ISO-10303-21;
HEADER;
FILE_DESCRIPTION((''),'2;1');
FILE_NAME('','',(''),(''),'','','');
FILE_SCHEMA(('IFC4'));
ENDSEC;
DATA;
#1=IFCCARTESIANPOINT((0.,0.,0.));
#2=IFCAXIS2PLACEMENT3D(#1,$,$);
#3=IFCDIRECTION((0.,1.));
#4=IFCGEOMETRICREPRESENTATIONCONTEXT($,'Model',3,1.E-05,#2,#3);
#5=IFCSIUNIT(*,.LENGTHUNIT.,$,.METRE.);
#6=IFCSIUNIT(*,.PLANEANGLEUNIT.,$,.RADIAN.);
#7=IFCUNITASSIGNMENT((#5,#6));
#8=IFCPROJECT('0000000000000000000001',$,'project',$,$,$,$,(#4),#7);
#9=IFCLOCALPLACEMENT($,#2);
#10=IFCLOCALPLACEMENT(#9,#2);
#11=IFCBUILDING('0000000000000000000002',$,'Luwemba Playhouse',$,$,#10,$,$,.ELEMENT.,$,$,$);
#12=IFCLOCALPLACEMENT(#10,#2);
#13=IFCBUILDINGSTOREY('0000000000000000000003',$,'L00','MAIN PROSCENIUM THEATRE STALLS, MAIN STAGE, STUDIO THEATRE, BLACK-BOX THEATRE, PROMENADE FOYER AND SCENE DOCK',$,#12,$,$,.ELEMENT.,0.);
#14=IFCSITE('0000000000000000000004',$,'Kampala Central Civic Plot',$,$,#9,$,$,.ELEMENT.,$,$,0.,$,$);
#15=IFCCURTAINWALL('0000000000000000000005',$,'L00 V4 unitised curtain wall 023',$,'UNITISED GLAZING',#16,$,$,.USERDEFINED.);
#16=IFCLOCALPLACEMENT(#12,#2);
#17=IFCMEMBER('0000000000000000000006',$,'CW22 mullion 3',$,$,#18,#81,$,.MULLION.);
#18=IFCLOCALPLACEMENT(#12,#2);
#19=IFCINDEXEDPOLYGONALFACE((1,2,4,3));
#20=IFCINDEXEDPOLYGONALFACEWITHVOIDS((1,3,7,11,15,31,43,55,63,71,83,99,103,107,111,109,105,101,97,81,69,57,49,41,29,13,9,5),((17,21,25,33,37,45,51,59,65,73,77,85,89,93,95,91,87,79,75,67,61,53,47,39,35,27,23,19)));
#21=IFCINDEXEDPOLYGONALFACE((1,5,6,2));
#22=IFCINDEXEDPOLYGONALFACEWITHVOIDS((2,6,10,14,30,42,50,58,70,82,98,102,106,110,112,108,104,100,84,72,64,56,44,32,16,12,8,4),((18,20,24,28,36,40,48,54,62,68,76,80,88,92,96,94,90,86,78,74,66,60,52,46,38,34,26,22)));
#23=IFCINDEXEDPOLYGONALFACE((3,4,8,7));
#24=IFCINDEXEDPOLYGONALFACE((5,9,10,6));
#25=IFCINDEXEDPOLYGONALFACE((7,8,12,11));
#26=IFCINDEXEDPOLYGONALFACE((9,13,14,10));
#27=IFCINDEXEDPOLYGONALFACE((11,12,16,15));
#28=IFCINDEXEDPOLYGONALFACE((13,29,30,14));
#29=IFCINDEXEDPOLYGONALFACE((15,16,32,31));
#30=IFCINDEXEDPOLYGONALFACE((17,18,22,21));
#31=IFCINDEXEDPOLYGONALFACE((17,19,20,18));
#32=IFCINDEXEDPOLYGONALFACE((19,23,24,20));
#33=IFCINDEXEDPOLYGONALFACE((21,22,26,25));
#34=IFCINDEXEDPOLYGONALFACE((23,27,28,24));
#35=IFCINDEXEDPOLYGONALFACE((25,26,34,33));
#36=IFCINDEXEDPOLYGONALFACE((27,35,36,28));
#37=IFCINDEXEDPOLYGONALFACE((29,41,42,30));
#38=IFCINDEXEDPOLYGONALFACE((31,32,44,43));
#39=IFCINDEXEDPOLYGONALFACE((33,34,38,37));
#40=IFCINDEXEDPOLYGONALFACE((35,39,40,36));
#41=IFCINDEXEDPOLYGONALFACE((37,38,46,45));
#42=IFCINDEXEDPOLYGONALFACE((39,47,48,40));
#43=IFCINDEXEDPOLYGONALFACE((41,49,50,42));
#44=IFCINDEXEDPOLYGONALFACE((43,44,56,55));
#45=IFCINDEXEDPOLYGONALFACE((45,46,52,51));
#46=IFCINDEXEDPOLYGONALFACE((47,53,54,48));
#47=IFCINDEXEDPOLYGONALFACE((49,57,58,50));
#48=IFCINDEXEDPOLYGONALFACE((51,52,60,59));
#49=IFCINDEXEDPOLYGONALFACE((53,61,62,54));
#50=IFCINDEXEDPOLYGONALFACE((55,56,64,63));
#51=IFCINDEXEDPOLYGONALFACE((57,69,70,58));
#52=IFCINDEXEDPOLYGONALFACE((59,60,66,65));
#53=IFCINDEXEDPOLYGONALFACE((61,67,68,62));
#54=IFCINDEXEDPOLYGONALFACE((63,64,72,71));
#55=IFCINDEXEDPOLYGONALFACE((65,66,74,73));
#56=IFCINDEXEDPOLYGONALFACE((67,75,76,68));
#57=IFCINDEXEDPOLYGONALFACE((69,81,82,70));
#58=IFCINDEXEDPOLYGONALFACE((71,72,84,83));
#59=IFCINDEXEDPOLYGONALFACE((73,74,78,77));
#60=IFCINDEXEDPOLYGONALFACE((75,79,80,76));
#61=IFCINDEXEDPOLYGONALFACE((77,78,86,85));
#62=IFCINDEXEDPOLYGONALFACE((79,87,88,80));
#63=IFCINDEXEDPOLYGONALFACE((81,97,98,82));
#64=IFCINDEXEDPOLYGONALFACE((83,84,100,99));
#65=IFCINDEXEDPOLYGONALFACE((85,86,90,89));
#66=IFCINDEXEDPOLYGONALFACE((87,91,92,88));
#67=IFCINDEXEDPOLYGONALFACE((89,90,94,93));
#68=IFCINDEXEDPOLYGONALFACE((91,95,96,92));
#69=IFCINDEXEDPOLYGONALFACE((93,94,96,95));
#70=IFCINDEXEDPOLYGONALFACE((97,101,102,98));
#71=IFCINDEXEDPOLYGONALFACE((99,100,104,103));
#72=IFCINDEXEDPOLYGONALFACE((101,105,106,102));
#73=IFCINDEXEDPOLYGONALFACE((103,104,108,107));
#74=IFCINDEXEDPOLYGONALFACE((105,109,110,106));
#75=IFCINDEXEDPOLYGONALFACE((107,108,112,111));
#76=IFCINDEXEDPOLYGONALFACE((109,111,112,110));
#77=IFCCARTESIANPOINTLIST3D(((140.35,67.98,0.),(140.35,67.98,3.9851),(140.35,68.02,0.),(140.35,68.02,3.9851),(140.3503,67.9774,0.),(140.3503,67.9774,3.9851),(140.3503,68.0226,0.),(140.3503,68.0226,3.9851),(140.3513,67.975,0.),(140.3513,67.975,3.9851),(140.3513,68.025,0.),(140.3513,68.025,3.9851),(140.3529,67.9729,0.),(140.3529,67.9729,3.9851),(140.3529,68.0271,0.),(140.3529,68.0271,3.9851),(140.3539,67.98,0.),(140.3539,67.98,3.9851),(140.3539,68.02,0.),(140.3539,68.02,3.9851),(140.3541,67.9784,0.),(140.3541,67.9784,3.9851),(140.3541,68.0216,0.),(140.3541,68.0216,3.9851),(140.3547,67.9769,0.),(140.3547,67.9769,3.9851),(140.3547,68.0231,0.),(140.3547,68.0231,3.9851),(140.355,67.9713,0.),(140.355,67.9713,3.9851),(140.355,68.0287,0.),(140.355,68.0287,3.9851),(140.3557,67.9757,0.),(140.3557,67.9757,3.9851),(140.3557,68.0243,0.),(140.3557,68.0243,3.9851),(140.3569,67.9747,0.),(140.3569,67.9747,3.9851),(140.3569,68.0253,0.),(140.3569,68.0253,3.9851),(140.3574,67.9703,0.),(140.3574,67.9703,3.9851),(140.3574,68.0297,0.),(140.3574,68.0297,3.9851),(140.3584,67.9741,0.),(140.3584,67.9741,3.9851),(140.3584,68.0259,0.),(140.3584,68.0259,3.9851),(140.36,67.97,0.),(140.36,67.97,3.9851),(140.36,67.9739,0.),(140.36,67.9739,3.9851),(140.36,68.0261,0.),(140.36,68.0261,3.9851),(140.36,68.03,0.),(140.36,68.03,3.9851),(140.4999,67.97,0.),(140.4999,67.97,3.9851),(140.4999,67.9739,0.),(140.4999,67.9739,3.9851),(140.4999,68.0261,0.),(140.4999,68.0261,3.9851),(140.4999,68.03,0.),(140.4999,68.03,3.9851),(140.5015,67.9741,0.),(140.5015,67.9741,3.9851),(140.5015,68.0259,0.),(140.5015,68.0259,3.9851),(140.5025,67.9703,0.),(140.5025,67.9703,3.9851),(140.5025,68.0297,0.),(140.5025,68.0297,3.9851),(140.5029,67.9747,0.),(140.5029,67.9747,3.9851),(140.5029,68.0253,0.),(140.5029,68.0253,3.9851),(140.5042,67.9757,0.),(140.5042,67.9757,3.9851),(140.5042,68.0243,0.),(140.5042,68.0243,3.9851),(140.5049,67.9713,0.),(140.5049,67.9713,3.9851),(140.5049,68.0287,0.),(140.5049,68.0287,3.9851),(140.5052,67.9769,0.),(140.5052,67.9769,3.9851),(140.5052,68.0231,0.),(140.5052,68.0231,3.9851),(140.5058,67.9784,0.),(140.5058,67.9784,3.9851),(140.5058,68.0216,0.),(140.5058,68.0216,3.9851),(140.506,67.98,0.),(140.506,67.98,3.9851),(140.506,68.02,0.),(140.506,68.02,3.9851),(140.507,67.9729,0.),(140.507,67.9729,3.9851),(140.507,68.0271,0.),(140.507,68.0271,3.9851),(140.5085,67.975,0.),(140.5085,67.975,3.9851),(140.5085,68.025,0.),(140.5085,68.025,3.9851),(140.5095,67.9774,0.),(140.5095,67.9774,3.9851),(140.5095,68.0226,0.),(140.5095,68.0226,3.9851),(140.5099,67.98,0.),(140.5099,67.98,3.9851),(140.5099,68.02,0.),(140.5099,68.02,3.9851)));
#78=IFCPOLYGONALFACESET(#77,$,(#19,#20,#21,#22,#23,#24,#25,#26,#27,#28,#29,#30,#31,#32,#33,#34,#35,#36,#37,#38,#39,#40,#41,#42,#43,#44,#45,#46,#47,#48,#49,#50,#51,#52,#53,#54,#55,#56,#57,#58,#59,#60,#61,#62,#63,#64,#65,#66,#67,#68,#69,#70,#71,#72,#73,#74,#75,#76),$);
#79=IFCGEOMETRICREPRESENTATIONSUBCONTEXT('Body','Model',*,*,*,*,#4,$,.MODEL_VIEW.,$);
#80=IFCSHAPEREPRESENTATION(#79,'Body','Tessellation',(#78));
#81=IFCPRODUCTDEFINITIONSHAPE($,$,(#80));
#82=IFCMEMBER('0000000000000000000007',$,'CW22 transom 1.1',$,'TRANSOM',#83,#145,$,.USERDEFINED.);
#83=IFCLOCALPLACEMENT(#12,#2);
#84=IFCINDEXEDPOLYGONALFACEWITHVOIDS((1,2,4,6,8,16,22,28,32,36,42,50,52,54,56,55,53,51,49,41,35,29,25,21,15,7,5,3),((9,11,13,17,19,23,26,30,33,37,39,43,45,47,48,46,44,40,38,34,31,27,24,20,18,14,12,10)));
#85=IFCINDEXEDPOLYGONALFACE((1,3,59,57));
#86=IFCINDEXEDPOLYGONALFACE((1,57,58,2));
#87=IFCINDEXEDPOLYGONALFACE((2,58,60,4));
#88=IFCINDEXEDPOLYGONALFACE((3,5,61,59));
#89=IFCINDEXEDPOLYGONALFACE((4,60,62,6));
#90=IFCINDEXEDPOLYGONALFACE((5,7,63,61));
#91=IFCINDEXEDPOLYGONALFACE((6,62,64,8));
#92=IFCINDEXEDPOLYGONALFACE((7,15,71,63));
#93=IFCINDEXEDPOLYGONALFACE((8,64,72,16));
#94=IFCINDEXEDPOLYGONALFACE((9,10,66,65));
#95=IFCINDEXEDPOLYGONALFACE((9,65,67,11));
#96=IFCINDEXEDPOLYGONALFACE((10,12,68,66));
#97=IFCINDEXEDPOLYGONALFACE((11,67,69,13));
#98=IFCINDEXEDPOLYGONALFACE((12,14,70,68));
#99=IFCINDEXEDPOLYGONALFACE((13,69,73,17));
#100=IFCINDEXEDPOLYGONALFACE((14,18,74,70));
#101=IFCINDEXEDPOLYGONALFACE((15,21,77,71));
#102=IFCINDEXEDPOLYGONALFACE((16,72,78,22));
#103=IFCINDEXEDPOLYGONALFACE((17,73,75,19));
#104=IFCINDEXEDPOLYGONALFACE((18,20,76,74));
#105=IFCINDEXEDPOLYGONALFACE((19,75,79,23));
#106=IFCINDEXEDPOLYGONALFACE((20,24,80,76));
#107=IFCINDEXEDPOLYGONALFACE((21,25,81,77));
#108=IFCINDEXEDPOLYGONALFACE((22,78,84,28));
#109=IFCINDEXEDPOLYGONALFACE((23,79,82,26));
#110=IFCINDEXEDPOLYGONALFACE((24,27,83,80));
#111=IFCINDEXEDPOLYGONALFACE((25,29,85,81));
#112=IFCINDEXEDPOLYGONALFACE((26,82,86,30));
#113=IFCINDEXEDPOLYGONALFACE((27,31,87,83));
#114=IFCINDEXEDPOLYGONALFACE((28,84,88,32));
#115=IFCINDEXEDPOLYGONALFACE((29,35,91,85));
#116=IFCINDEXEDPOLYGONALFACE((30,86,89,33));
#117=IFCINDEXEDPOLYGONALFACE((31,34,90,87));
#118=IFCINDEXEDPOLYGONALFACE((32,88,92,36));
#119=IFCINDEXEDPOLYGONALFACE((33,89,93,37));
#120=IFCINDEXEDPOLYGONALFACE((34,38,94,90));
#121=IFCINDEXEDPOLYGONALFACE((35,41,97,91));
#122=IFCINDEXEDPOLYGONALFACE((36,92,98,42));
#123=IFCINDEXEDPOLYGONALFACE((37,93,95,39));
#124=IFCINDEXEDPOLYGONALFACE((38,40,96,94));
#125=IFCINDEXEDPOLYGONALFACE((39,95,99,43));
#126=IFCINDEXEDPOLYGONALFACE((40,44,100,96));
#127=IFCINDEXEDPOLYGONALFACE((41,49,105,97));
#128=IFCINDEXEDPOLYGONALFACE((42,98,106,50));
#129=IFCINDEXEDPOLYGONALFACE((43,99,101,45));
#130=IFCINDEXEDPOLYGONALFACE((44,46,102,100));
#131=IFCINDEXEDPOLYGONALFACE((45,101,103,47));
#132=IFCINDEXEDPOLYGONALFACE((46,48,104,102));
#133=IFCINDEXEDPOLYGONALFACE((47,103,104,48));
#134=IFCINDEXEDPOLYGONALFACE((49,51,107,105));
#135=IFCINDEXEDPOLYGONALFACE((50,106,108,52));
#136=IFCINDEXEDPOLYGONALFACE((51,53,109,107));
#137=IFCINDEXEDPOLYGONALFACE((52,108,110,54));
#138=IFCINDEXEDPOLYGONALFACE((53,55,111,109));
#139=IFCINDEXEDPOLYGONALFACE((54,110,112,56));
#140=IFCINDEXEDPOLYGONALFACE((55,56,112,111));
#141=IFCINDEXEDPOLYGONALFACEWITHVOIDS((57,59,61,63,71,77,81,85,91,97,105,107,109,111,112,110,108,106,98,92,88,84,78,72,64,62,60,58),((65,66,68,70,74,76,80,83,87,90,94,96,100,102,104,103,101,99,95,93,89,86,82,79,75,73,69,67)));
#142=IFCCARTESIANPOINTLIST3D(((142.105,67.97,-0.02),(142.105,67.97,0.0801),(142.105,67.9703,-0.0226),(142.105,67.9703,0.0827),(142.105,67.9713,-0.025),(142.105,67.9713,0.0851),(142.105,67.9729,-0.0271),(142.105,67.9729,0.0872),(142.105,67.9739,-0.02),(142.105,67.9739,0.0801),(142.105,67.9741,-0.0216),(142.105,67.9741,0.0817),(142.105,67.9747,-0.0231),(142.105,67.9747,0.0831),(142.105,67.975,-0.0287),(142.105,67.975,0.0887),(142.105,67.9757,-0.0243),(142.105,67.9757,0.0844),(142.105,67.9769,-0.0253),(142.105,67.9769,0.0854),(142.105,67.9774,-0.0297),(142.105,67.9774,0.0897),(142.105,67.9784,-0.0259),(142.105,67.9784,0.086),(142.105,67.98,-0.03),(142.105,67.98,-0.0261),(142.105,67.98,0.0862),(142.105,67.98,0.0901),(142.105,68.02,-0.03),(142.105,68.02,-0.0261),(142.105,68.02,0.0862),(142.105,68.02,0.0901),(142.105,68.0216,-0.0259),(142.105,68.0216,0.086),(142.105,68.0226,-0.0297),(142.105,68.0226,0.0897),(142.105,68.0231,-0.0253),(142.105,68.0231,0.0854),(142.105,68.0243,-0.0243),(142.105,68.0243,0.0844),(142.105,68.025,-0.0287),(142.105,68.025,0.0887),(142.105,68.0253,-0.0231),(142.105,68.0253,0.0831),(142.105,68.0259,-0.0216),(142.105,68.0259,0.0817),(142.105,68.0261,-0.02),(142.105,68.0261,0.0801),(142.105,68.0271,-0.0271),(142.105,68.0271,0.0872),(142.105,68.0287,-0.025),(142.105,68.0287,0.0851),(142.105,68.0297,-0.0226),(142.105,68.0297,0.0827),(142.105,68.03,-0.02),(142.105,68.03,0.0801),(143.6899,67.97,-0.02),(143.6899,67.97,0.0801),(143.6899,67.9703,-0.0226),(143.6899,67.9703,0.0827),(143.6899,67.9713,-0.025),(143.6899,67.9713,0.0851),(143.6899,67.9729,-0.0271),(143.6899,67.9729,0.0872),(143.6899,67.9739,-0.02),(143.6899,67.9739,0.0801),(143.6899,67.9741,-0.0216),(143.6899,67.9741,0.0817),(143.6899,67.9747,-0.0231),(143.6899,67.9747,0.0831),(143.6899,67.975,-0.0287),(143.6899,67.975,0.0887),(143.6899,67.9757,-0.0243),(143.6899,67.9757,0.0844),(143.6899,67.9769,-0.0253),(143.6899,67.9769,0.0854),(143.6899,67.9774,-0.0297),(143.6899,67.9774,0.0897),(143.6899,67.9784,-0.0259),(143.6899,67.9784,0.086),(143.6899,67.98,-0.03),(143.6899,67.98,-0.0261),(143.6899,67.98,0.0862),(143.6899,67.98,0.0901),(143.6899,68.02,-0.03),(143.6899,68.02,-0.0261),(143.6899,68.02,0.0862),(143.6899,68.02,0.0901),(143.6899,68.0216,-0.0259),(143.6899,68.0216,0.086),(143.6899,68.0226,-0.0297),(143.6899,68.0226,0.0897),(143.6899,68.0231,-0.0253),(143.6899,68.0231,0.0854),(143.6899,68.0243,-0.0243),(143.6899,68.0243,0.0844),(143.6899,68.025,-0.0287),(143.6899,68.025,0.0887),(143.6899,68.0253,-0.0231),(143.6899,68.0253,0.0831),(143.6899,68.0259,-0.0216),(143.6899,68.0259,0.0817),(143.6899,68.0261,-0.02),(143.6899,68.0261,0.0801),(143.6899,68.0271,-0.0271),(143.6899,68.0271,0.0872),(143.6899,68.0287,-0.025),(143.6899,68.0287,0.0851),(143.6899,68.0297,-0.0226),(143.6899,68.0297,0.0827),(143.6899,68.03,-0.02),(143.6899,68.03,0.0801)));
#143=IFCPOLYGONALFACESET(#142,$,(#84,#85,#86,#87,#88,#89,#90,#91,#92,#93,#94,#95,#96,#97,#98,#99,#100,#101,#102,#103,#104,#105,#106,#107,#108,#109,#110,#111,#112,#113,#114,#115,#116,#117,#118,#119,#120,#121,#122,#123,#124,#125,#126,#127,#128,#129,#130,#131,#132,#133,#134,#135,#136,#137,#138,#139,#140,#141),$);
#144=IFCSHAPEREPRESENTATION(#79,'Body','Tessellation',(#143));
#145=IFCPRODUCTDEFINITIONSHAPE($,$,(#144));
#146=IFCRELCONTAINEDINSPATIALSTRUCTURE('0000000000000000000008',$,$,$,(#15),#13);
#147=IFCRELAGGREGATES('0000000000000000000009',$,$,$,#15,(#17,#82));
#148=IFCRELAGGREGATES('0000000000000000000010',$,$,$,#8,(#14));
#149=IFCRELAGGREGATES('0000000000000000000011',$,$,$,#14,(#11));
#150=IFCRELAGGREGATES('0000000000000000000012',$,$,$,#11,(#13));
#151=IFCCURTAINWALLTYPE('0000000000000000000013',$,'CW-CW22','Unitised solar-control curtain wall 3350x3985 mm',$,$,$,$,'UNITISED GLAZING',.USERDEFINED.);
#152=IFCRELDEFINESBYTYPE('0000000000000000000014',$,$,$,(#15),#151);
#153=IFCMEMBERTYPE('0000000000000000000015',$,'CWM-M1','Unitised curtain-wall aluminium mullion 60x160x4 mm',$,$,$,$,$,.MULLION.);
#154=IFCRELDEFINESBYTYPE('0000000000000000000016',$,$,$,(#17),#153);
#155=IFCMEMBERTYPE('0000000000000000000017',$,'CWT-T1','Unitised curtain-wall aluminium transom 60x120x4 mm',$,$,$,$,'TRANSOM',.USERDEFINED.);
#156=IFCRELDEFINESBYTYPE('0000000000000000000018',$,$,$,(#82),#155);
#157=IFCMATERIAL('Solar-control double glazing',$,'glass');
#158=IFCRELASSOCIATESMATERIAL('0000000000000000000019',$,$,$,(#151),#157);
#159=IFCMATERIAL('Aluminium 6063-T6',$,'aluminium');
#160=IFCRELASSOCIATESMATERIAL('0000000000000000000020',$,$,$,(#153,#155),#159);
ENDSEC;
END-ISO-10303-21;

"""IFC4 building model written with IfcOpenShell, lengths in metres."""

from ifc_helpers import new_model, si_unit, direction, frame, origin, origin_2d, place, context, subcontext, project, spatial, hollow_rectangle, extrude, material, material_profile, profile_set, type_object, element, aggregate, save


model = new_model("IFC4")

# Units and contexts
model_context = context("Model", 3, precision=1e-05, world=origin(), true_north=direction((0.0, 1.0)))
body_context = subcontext(model_context, "Body", "Model", "MODEL_VIEW")
ifc_project = project(units=[si_unit("LENGTHUNIT", "METRE"), si_unit("PLANEANGLEUNIT", "RADIAN")], contexts=[model_context])

# Site, building, storey
site_placement = place(None, origin())
site = spatial("IfcSite", under=ifc_project, at=site_placement, Name="Kampala Central Civic Plot", CompositionType="ELEMENT", RefElevation=0.0)
building_placement = place(site_placement, origin())
building = spatial("IfcBuilding", under=site, at=building_placement, Name="Luwemba Playhouse", CompositionType="ELEMENT")
storey_placement = place(building_placement, origin())
storey = spatial("IfcBuildingStorey", under=building, at=storey_placement, Name="L00", Description="MAIN PROSCENIUM THEATRE STALLS, MAIN STAGE, STUDIO THEATRE, BLACK-BOX THEATRE, PROMENADE FOYER AND SCENE DOCK", CompositionType="ELEMENT", Elevation=0.0)

# Curtain wall, members
ifc_material_1 = material(Name="Solar-control double glazing", Category="glass")
curtain_wall_type = type_object("IfcCurtainWallType", Name="CW-CW22", Description="Unitised solar-control curtain wall 3350x3985 mm", ElementType="UNITISED GLAZING", PredefinedType="USERDEFINED", material=ifc_material_1)
curtain_wall_placement = place(storey_placement, origin())
curtain_wall = element("IfcCurtainWall", 1, at=curtain_wall_placement, inside=storey, type_object=curtain_wall_type, Name="L00 V4 unitised curtain wall 023", ObjectType="UNITISED GLAZING", PredefinedType="USERDEFINED")
ifc_material_2 = material(Name="Aluminium 6063-T6", Category="aluminium")
ifc_material_profile_1 = material_profile(ifc_material_2, hollow_rectangle(XDim=0.0601, YDim=0.1599, WallThickness=0.0039, InnerFilletRadius=0.0061, OuterFilletRadius=0.01, at=origin_2d()))
ifc_profile_set_1 = profile_set([ifc_material_profile_1], Name="Aluminium 6063-T6")
member_type_1 = type_object("IfcMemberType", Name="CWM-M1", Description="Unitised curtain-wall aluminium mullion 60x160x4 mm", PredefinedType="MULLION", material=ifc_profile_set_1)
member_1_placement = place(storey_placement, frame((140.4299, 68.0, 0.0), z_axis=(0.0, 0.0, 1.0), x_axis=(0.0, -1.0, 0.0)))
member_1 = element("IfcMember", 2, at=member_1_placement, type_object=member_type_1, Name="CW22 mullion 3", PredefinedType="MULLION", context=body_context, shape_type="SweptSolid", body=[
    extrude(hollow_rectangle(XDim=0.0601, YDim=0.1599, WallThickness=0.0039, InnerFilletRadius=0.0061, OuterFilletRadius=0.01, at=origin_2d()), origin(), (0.0, 0.0, 1.0), 3.9851),
])
ifc_material_profile_2 = material_profile(ifc_material_2, hollow_rectangle(XDim=0.0601, YDim=0.1201, WallThickness=0.0039, InnerFilletRadius=0.0061, OuterFilletRadius=0.01, at=origin_2d()))
ifc_profile_set_2 = profile_set([ifc_material_profile_2], Name="Aluminium 6063-T6")
member_type_2 = type_object("IfcMemberType", Name="CWT-T1", Description="Unitised curtain-wall aluminium transom 60x120x4 mm", ElementType="TRANSOM", PredefinedType="USERDEFINED", material=ifc_profile_set_2)
member_2_placement = place(storey_placement, frame((143.6899, 68.0, 0.03), z_axis=(-1.0, 0.0, 0.0), x_axis=(0.0, -1.0, 0.0)))
member_2 = element("IfcMember", 3, at=member_2_placement, type_object=member_type_2, Name="CW22 transom 1.1", ObjectType="TRANSOM", PredefinedType="USERDEFINED", context=body_context, shape_type="SweptSolid", body=[
    extrude(hollow_rectangle(XDim=0.0601, YDim=0.1201, WallThickness=0.0039, InnerFilletRadius=0.0061, OuterFilletRadius=0.01, at=origin_2d()), origin(), (0.0, 0.0, 1.0), 1.585),
])
aggregate(curtain_wall, [member_1, member_2])

save(model, "model.ifc")
